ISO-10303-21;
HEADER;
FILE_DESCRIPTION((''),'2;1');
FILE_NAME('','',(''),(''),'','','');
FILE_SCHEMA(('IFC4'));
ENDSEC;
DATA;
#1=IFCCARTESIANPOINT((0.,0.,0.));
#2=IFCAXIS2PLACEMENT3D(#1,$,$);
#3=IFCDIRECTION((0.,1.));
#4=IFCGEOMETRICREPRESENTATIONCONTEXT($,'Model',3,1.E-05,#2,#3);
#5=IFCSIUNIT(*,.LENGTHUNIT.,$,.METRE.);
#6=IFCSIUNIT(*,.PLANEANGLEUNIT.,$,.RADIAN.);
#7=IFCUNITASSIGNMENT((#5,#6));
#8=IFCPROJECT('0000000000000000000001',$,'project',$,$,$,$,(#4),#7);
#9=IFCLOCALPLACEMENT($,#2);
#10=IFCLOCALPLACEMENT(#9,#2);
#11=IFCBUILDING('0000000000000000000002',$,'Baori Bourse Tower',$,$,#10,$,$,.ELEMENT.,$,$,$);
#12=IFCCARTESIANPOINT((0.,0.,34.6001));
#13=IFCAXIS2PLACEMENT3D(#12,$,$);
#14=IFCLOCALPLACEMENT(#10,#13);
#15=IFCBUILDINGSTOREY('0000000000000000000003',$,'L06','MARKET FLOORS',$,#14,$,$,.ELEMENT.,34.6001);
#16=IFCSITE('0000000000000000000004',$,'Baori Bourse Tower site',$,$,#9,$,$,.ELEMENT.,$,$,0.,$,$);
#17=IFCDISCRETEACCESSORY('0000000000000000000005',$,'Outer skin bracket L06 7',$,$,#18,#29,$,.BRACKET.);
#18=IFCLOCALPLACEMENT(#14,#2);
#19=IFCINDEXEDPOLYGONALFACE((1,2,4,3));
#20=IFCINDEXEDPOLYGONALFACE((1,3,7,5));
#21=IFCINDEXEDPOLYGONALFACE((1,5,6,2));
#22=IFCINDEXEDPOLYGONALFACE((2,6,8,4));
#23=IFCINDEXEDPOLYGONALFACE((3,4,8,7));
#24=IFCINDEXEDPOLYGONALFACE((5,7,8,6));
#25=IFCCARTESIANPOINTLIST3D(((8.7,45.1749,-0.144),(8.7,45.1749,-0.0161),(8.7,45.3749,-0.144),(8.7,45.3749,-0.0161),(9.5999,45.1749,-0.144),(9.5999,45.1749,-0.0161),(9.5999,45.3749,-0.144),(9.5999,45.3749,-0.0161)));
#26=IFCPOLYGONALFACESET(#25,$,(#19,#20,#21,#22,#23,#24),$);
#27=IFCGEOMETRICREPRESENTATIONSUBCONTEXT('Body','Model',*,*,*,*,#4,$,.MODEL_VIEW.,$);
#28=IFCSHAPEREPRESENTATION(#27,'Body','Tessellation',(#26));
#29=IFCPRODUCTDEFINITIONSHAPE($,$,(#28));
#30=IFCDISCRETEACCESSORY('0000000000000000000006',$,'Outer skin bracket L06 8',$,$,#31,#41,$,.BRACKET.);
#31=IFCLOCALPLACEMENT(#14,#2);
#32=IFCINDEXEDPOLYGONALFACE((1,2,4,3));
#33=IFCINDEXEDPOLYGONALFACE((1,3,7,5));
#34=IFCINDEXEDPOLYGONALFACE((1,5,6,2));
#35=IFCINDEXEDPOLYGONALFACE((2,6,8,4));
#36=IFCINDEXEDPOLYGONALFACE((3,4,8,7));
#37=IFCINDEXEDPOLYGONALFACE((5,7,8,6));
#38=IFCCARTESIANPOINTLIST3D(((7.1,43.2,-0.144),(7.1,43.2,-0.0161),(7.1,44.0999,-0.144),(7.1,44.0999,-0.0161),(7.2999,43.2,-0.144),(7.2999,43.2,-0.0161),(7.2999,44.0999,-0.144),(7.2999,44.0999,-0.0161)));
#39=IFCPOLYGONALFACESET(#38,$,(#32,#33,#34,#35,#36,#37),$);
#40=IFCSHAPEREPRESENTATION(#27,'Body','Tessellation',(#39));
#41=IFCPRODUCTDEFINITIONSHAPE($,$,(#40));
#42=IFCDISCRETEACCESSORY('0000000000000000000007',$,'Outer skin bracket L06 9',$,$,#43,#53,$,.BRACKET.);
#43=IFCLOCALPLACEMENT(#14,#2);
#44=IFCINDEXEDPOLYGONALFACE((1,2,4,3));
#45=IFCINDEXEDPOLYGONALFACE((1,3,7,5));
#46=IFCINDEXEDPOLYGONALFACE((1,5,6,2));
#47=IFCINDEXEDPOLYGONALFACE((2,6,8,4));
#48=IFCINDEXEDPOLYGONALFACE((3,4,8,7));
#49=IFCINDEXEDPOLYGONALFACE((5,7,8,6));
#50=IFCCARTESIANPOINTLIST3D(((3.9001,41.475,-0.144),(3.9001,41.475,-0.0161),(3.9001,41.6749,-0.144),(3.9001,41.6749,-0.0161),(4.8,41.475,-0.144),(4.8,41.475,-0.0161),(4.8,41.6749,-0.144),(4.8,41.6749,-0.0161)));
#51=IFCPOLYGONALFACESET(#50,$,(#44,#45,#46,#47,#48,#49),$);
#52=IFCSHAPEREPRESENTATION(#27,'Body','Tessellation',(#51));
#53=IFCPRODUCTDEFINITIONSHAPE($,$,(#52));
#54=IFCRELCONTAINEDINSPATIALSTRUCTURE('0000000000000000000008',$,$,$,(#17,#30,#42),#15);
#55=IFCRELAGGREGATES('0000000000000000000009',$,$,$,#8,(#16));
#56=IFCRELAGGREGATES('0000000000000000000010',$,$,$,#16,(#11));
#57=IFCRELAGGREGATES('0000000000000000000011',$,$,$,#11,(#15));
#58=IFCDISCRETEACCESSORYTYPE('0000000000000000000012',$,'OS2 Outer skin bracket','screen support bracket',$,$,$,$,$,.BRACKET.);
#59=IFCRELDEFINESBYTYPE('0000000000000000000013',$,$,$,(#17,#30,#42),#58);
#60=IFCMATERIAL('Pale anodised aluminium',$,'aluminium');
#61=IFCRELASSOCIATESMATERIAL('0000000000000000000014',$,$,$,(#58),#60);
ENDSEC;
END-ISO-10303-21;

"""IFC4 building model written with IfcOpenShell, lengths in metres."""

from ifc_helpers import new_model, si_unit, direction, frame, origin, origin_2d, place, context, subcontext, project, spatial, rectangle, extrude, material, type_object, element, save


model = new_model("IFC4")

# Units and contexts
model_context = context("Model", 3, precision=1e-05, world=origin(), true_north=direction((0.0, 1.0)))
body_context = subcontext(model_context, "Body", "Model", "MODEL_VIEW")
ifc_project = project(units=[si_unit("LENGTHUNIT", "METRE"), si_unit("PLANEANGLEUNIT", "RADIAN")], contexts=[model_context])

# Site, building, storey
site_placement = place(None, origin())
site = spatial("IfcSite", under=ifc_project, at=site_placement, Name="Baori Bourse Tower site", CompositionType="ELEMENT", RefElevation=0.0)
building_placement = place(site_placement, origin())
building = spatial("IfcBuilding", under=site, at=building_placement, Name="Baori Bourse Tower", CompositionType="ELEMENT")
storey_placement = place(building_placement, frame((0.0, 0.0, 34.6001)))
storey = spatial("IfcBuildingStorey", under=building, at=storey_placement, Name="L06", Description="MARKET FLOORS", CompositionType="ELEMENT", Elevation=34.6001)

# Discrete accessories
ifc_material_1 = material(Name="Pale anodised aluminium", Category="aluminium")
discrete_accessory_type = type_object("IfcDiscreteAccessoryType", Name="OS2 Outer skin bracket", Description="screen support bracket", PredefinedType="BRACKET", material=ifc_material_1)
for number, where, z_axis, x_axis, name in (
    (1, (9.1499, 45.2749, -0.144), (0.0, 0.0, 1.0), (0.0, -1.0, 0.0), "Outer skin bracket L06 7"),
    (2, (7.2, 43.6499, -0.144), (0.0, 0.0, 1.0), (-1.0, 0.0, 0.0), "Outer skin bracket L06 8"),
    (3, (4.3501, 41.575, -0.144), (0.0, 0.0, 1.0), (0.0, -1.0, 0.0), "Outer skin bracket L06 9"),
):
    element("IfcDiscreteAccessory", number, at=place(storey_placement, frame(where, z_axis=z_axis, x_axis=x_axis)), inside=storey, type_object=discrete_accessory_type, Name=name, PredefinedType="BRACKET", context=body_context, shape_type="SweptSolid", body=[
        extrude(rectangle(XDim=0.2, YDim=0.8999, at=origin_2d()), origin(), (0.0, 0.0, 1.0), 0.1279),
    ])

save(model, "model.ifc")
